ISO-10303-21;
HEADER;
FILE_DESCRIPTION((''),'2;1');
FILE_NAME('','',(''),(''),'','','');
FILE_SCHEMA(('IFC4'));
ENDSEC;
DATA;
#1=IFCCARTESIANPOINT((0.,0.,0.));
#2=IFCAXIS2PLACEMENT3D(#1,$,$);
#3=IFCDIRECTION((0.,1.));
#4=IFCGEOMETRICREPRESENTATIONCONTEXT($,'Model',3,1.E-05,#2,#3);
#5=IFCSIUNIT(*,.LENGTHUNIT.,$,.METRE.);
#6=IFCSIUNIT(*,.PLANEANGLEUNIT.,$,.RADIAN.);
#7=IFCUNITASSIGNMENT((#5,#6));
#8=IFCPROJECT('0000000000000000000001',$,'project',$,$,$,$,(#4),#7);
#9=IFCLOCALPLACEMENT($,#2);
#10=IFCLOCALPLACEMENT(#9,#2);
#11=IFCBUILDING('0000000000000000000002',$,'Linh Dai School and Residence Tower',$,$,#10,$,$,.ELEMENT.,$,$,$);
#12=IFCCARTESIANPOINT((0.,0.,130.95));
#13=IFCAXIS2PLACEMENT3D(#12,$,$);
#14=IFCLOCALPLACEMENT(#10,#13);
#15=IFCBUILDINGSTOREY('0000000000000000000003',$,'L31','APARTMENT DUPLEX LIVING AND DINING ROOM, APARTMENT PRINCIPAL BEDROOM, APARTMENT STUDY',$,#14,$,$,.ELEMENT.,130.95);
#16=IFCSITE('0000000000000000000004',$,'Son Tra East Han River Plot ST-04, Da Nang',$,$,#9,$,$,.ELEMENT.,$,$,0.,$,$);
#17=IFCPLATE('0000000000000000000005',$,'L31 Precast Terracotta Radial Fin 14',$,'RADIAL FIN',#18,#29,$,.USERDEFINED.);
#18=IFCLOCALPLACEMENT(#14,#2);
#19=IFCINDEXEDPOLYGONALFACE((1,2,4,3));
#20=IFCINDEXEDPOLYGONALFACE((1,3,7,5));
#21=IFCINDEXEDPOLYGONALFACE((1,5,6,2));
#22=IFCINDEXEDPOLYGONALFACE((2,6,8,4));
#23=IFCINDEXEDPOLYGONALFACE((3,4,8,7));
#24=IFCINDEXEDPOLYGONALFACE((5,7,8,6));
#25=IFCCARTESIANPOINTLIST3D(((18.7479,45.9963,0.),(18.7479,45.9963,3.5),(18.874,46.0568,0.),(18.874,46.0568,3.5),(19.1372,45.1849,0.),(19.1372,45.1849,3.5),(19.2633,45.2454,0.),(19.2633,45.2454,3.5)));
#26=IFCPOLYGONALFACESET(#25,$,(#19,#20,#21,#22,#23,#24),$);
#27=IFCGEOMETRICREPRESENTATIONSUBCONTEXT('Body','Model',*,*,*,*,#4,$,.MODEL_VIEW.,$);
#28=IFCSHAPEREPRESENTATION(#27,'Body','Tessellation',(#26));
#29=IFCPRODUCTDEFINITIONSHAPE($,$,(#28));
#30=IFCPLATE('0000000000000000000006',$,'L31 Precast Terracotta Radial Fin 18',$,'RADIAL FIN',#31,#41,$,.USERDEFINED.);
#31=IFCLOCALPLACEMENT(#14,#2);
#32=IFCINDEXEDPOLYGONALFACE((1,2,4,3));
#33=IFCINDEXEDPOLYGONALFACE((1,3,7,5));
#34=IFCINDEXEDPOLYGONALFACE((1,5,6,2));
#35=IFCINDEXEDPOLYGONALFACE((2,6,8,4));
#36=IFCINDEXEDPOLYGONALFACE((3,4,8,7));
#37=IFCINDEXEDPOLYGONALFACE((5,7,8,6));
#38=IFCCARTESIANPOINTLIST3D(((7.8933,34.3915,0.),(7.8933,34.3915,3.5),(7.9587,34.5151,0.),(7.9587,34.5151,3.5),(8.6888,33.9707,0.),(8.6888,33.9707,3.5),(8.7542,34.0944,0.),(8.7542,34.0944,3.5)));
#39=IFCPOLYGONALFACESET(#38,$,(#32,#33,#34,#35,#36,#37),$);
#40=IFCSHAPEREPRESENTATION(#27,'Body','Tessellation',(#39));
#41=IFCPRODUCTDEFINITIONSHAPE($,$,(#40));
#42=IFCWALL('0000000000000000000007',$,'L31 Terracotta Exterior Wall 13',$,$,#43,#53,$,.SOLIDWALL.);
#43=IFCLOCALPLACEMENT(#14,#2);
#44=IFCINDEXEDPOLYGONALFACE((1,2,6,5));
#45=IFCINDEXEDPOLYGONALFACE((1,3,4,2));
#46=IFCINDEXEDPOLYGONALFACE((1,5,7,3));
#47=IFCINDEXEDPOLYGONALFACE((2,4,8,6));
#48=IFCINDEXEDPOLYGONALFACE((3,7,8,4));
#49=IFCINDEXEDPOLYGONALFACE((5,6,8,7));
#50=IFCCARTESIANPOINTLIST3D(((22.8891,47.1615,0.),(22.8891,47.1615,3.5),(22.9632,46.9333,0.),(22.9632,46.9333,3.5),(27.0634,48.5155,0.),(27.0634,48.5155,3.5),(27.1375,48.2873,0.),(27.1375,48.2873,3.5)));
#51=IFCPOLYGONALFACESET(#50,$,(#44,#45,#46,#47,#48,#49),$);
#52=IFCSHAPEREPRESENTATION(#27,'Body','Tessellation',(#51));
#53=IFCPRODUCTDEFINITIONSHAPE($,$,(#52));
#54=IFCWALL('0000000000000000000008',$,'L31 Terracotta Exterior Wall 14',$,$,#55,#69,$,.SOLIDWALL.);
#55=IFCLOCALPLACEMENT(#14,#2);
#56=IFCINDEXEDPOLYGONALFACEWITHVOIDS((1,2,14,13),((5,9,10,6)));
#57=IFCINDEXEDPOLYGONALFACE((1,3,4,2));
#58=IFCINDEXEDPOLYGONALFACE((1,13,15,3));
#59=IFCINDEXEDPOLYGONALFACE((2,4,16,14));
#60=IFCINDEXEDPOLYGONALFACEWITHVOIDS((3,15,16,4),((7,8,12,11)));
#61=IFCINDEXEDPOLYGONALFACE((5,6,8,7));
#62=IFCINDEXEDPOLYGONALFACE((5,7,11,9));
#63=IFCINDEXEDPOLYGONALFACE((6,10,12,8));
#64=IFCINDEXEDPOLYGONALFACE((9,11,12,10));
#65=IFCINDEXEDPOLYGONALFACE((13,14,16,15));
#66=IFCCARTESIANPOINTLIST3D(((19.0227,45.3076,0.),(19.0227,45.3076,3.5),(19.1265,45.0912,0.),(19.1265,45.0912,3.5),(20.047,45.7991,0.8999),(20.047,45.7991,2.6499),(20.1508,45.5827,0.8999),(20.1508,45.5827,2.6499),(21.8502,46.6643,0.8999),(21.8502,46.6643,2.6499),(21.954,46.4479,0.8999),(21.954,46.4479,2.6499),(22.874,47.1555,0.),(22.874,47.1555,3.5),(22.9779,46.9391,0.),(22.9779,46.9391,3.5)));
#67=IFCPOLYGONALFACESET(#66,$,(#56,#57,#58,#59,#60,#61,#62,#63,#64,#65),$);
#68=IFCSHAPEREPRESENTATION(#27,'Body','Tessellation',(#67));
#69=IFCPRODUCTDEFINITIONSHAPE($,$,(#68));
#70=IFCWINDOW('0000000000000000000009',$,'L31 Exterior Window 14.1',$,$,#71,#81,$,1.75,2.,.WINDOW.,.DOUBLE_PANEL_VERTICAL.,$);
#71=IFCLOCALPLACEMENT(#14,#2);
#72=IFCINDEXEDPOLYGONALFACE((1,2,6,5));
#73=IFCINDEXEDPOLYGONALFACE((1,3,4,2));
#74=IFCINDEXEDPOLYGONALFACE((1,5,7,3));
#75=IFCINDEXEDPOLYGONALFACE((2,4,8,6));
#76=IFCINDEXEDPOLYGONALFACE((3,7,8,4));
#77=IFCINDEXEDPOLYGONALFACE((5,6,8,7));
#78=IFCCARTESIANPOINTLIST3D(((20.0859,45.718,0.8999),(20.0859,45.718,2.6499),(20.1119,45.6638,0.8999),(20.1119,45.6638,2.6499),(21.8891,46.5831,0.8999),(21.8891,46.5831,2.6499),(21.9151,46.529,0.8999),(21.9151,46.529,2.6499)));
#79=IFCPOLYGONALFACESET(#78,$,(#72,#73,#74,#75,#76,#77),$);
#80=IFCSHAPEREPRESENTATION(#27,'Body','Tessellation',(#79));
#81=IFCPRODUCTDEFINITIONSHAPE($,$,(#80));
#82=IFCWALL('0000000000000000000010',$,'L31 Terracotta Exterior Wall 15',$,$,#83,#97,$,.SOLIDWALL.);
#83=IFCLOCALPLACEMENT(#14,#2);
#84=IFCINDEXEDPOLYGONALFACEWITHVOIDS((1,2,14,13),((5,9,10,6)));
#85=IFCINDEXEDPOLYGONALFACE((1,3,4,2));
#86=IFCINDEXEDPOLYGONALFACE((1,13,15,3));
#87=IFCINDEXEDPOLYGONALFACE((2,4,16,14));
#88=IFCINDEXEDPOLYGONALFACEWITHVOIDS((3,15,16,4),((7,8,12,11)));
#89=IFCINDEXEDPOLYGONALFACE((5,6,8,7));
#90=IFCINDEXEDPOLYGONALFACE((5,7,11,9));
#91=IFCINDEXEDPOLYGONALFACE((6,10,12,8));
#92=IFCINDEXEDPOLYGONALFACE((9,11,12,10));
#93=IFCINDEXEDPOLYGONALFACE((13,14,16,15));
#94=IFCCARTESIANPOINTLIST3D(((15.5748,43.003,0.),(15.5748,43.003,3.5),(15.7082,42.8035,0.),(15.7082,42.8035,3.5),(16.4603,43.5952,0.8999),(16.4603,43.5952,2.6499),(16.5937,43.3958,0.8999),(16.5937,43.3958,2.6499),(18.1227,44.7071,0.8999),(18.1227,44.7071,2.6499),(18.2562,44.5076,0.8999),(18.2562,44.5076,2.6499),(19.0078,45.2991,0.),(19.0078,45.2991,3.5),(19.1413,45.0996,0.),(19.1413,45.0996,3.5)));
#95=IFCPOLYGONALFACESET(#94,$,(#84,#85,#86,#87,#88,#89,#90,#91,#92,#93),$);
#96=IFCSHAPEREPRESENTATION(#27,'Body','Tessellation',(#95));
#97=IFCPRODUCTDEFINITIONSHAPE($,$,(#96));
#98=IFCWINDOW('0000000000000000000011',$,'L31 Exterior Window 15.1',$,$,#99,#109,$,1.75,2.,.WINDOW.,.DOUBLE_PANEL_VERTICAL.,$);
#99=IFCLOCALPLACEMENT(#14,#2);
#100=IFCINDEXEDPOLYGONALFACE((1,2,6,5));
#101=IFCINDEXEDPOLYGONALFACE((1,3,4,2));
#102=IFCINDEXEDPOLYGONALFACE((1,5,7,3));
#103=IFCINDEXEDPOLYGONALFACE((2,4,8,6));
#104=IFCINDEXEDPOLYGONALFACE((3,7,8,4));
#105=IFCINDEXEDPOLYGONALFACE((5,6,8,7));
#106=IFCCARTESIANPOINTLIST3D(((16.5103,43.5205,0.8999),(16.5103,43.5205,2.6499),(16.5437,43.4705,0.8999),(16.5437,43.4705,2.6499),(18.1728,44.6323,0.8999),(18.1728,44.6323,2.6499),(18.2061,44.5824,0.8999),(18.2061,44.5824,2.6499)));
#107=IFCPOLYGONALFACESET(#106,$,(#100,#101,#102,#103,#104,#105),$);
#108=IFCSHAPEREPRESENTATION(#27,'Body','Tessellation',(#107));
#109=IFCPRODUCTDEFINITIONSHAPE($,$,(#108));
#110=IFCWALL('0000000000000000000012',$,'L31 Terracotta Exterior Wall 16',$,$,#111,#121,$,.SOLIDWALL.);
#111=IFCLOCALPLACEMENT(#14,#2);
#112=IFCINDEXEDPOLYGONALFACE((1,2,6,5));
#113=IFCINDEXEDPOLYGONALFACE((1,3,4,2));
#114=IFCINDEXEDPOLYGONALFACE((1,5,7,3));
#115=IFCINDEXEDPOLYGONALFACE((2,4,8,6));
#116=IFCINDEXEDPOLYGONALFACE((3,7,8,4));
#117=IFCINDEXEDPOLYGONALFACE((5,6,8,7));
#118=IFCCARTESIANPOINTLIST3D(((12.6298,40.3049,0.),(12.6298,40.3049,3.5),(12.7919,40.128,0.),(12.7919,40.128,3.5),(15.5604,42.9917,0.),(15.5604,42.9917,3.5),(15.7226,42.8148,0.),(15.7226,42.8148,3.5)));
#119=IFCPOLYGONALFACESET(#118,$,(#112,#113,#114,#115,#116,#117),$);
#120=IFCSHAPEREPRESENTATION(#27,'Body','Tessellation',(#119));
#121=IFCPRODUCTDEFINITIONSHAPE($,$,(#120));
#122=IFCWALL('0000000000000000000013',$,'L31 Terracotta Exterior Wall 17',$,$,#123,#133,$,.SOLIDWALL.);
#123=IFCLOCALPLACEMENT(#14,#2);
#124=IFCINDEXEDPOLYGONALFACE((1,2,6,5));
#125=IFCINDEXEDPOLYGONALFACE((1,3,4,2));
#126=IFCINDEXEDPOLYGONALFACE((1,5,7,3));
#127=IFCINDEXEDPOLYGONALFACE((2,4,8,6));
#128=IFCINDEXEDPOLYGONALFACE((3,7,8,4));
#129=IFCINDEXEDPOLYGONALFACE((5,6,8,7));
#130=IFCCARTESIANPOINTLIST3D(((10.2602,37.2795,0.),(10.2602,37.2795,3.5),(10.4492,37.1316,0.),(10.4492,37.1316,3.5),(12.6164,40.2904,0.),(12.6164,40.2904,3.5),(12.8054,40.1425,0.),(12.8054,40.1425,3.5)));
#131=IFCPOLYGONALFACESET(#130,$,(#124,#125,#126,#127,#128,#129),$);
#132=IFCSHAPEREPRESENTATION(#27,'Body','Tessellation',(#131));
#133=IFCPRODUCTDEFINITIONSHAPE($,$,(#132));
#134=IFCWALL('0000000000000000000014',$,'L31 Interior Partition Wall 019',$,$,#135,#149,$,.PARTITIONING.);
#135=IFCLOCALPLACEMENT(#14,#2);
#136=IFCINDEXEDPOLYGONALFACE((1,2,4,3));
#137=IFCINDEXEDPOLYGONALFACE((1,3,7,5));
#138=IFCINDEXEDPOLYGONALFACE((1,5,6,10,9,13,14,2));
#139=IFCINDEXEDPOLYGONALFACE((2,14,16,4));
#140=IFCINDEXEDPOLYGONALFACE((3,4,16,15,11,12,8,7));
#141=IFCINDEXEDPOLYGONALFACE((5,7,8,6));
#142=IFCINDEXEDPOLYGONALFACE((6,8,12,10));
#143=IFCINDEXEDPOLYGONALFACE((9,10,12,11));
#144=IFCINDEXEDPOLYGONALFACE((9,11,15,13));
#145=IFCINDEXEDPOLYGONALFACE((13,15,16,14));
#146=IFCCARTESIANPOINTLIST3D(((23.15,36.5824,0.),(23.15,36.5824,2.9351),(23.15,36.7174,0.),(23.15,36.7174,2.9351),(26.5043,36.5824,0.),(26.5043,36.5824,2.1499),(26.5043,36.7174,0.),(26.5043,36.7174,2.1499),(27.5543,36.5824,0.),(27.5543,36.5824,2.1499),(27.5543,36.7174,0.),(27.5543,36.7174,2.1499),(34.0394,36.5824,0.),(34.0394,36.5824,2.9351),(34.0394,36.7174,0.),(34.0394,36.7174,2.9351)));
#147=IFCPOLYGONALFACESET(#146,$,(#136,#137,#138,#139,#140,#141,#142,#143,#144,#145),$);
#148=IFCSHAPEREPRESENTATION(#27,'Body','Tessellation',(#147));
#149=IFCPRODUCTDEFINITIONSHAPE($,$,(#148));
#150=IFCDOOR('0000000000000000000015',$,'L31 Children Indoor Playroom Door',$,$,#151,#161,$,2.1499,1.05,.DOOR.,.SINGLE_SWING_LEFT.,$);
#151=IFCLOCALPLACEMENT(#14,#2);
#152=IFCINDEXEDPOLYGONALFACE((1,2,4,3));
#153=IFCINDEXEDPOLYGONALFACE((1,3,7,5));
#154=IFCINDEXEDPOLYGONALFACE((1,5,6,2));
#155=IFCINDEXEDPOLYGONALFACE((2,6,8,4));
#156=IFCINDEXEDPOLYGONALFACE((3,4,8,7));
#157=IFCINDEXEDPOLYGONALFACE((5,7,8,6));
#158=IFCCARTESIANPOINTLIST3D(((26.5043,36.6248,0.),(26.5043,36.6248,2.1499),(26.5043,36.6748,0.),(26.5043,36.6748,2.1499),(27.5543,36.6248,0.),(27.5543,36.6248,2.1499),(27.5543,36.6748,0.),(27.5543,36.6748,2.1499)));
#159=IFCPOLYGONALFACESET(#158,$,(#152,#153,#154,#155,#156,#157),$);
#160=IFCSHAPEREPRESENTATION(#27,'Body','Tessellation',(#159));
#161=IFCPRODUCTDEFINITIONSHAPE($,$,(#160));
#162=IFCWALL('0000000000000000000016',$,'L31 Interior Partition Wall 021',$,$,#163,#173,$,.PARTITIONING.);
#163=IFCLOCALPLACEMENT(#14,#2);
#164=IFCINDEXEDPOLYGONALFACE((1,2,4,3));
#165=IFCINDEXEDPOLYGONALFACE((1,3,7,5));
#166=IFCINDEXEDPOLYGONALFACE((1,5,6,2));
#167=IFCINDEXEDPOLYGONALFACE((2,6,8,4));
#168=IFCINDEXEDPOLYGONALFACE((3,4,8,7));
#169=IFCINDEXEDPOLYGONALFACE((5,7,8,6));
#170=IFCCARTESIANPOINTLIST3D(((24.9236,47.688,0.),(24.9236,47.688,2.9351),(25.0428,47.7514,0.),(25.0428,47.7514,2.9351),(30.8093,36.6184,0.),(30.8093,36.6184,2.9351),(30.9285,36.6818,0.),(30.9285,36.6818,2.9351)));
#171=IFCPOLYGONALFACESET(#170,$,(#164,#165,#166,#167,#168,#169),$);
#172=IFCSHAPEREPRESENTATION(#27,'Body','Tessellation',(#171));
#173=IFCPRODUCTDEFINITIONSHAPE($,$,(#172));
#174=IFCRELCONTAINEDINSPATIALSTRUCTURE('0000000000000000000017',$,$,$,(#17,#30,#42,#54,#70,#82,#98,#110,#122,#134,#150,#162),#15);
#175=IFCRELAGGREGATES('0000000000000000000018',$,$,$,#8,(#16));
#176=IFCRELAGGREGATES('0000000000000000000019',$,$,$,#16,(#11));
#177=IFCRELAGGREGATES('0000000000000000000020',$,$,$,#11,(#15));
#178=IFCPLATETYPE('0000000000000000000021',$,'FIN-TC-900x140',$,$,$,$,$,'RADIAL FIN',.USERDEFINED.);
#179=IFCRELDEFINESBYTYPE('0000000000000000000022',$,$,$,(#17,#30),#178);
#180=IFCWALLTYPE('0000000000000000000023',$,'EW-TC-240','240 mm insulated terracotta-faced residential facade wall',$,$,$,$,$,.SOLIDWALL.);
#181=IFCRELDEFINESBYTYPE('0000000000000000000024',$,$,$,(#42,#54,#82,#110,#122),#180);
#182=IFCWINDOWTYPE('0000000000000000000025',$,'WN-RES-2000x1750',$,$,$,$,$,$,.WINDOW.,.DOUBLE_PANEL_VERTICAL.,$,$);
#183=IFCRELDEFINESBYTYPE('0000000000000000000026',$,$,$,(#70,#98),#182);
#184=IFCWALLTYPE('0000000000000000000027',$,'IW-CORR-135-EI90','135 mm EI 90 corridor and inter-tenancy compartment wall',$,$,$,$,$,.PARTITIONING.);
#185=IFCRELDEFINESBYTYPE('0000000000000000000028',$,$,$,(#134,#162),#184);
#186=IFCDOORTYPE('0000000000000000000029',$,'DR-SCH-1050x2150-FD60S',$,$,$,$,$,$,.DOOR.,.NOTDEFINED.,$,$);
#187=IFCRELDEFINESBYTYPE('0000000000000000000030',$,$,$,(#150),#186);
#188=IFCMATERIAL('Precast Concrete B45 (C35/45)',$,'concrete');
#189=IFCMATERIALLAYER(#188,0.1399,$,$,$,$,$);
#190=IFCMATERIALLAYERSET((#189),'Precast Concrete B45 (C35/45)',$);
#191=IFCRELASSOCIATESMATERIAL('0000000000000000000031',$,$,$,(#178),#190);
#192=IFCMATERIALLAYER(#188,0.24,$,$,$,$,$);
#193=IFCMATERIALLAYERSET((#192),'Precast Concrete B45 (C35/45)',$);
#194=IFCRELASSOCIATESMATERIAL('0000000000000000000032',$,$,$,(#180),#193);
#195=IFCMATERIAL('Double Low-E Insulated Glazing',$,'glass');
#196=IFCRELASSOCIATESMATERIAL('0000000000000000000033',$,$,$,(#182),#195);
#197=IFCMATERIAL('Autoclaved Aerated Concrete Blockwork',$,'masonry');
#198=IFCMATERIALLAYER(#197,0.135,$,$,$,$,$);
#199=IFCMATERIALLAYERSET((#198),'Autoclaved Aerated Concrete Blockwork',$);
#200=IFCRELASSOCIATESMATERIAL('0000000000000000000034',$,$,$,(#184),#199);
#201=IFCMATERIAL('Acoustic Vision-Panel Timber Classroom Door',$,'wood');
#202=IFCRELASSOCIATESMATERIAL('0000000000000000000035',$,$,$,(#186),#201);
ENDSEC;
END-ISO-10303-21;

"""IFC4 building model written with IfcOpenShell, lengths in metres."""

from ifc_helpers import new_model, si_unit, direction, frame, frame_2d, origin, origin_2d, place, context, subcontext, project, spatial, rectangle, extrude, source, transform, mapped, material, layer, layer_set, type_object, element, fill, save


model = new_model("IFC4")

# Units and contexts
model_context = context("Model", 3, precision=1e-05, world=origin(), true_north=direction((0.0, 1.0)))
body_context = subcontext(model_context, "Body", "Model", "MODEL_VIEW")
ifc_project = project(units=[si_unit("LENGTHUNIT", "METRE"), si_unit("PLANEANGLEUNIT", "RADIAN")], contexts=[model_context])

# Site, building, storey
site_placement = place(None, origin())
site = spatial("IfcSite", under=ifc_project, at=site_placement, Name="Son Tra East Han River Plot ST-04, Da Nang", CompositionType="ELEMENT", RefElevation=0.0)
building_placement = place(site_placement, origin())
building = spatial("IfcBuilding", under=site, at=building_placement, Name="Linh Dai School and Residence Tower", CompositionType="ELEMENT")
storey_placement = place(building_placement, frame((0.0, 0.0, 130.95)))
storey = spatial("IfcBuildingStorey", under=building, at=storey_placement, Name="L31", Description="APARTMENT DUPLEX LIVING AND DINING ROOM, APARTMENT PRINCIPAL BEDROOM, APARTMENT STUDY", CompositionType="ELEMENT", Elevation=130.95)

# Plates
ifc_material_1 = material(Name="Precast Concrete B45 (C35/45)", Category="concrete")
ifc_layer_1 = layer(ifc_material_1, 0.1399)
ifc_layer_set_1 = layer_set([ifc_layer_1], Name="Precast Concrete B45 (C35/45)")
plate_type_1 = type_object("IfcPlateType", Name="FIN-TC-900x140", ElementType="RADIAL FIN", PredefinedType="USERDEFINED", material=ifc_layer_set_1)
shared_shape_1 = source(origin(), body_context, "Body", "SweptSolid", [
    extrude(rectangle(XDim=0.8999, YDim=0.1399, at=origin_2d()), origin(), (0.0, 0.0, 1.0), 3.5),
])
for number, where, z_axis, x_axis, name in (
    (1, (19.0056, 45.6208, 0.0), (0.0, 0.0, 1.0), (-0.432618, 0.901578, 0.0), "L31 Precast Terracotta Radial Fin 14"),
    (2, (8.3237, 34.2429, 0.0), (0.0, 0.0, 1.0), (-0.883942, 0.467596, 0.0), "L31 Precast Terracotta Radial Fin 18"),
):
    element("IfcPlate", number, at=place(storey_placement, frame(where, z_axis=z_axis, x_axis=x_axis)), inside=storey, type_object=plate_type_1, Name=name, ObjectType="RADIAL FIN", PredefinedType="USERDEFINED", context=body_context, shape_type="MappedRepresentation", body=[
        mapped(shared_shape_1, transform((0.0, 0.0, 0.0), x_axis=(1.0, 0.0, 0.0), y_axis=(0.0, 1.0, 0.0), z_axis=(0.0, 0.0, 1.0), scale=1.0)),
    ])

# Wall
ifc_layer_2 = layer(ifc_material_1, 0.24)
ifc_layer_set_2 = layer_set([ifc_layer_2], Name="Precast Concrete B45 (C35/45)")
wall_type_1 = type_object("IfcWallType", Name="EW-TC-240", Description="240 mm insulated terracotta-faced residential facade wall", PredefinedType="SOLIDWALL", material=ifc_layer_set_2)
wall_1_placement = place(storey_placement, frame((22.926, 47.0474, 0.0), z_axis=(0.0, 0.0, 1.0), x_axis=(0.951211, 0.30854, 0.0)))
element("IfcWall", 3, at=wall_1_placement, inside=storey, type_object=wall_type_1, Name="L31 Terracotta Exterior Wall 13", PredefinedType="SOLIDWALL", context=body_context, shape_type="SweptSolid", body=[
    extrude(rectangle(XDim=4.3884, YDim=0.24, at=frame_2d((2.1943, 0.0))), origin(), (0.0, 0.0, 1.0), 3.5),
])

# Walls, openings, windows
wall_2_placement = place(storey_placement, frame((19.0747, 45.1995, 0.0), z_axis=(0.0, 0.0, 1.0), x_axis=(0.90159, 0.432592, 0.0)))
wall_2 = element("IfcWall", 4, at=wall_2_placement, inside=storey, type_object=wall_type_1, Name="L31 Terracotta Exterior Wall 14", PredefinedType="SOLIDWALL", context=body_context, shape_type="SweptSolid", body=[
    extrude(rectangle(XDim=4.2717, YDim=0.24, at=frame_2d((2.1357, 0.0))), origin(), (0.0, 0.0, 1.0), 3.5),
])
opening_1_placement = place(wall_2_placement, frame((1.136, 0.0, 0.8999)))
opening_1 = element("IfcOpeningElement", 5, at=opening_1_placement, cuts=wall_2, PredefinedType="OPENING", context=body_context, shape_type="SweptSolid", body=[
    extrude(rectangle(XDim=2.0, YDim=1.75, at=origin_2d()), frame((1.0, 0.1299, 0.875), z_axis=(0.0, -1.0, 0.0), x_axis=(1.0, 0.0, 0.0)), (0.0, 0.0, 1.0), 0.26),
])
ifc_material_2 = material(Name="Double Low-E Insulated Glazing", Category="glass")
window_type = type_object("IfcWindowType", Name="WN-RES-2000x1750", PartitioningType="DOUBLE_PANEL_VERTICAL", PredefinedType="WINDOW", material=ifc_material_2)
shared_shape_2 = source(origin(), body_context, "Body", "SweptSolid", [
    extrude(rectangle(XDim=2.0, YDim=1.75, at=origin_2d()), frame((1.0, 0.03, 0.875), z_axis=(0.0, -1.0, 0.0), x_axis=(1.0, 0.0, 0.0)), (0.0, 0.0, 1.0), 0.0601),
])
window_1_placement = place(opening_1_placement, origin())
window_1 = element("IfcWindow", 6, at=window_1_placement, inside=storey, type_object=window_type, Name="L31 Exterior Window 14.1", OverallHeight=1.75, OverallWidth=2.0, PartitioningType="DOUBLE_PANEL_VERTICAL", PredefinedType="WINDOW", context=body_context, shape_type="MappedRepresentation", body=[
    mapped(shared_shape_2, transform((0.0, 0.0, 0.0), x_axis=(1.0, 0.0, 0.0), y_axis=(0.0, 1.0, 0.0), z_axis=(0.0, 0.0, 1.0), scale=1.0)),
])
fill(opening_1, window_1)
wall_3_placement = place(storey_placement, frame((15.6416, 42.9033, 0.0), z_axis=(0.0, 0.0, 1.0), x_axis=(0.831222, 0.555941, 0.0)))
wall_3 = element("IfcWall", 7, at=wall_3_placement, inside=storey, type_object=wall_type_1, Name="L31 Terracotta Exterior Wall 15", PredefinedType="SOLIDWALL", context=body_context, shape_type="SweptSolid", body=[
    extrude(rectangle(XDim=4.1301, YDim=0.24, at=frame_2d((2.0649, 0.0))), origin(), (0.0, 0.0, 1.0), 3.5),
])
opening_2_placement = place(wall_3_placement, frame((1.0652, 0.0, 0.8999)))
opening_2 = element("IfcOpeningElement", 8, at=opening_2_placement, cuts=wall_3, PredefinedType="OPENING", context=body_context, shape_type="SweptSolid", body=[
    extrude(rectangle(XDim=2.0, YDim=1.75, at=origin_2d()), frame((1.0, 0.1299, 0.875), z_axis=(0.0, -1.0, 0.0), x_axis=(1.0, 0.0, 0.0)), (0.0, 0.0, 1.0), 0.26),
])
window_2_placement = place(opening_2_placement, origin())
window_2 = element("IfcWindow", 9, at=window_2_placement, inside=storey, type_object=window_type, Name="L31 Exterior Window 15.1", OverallHeight=1.75, OverallWidth=2.0, PartitioningType="DOUBLE_PANEL_VERTICAL", PredefinedType="WINDOW", context=body_context, shape_type="MappedRepresentation", body=[
    mapped(shared_shape_2, transform((0.0, 0.0, 0.0), x_axis=(1.0, 0.0, 0.0), y_axis=(0.0, 1.0, 0.0), z_axis=(0.0, 0.0, 1.0), scale=1.0)),
])
fill(opening_2, window_2)

# Walls
wall_4_placement = place(storey_placement, frame((12.7109, 40.2166, 0.0), z_axis=(0.0, 0.0, 1.0), x_axis=(0.737113, 0.675769, 0.0)))
element("IfcWall", 10, at=wall_4_placement, inside=storey, type_object=wall_type_1, Name="L31 Terracotta Exterior Wall 16", PredefinedType="SOLIDWALL", context=body_context, shape_type="SweptSolid", body=[
    extrude(rectangle(XDim=3.9758, YDim=0.24, at=frame_2d((1.9878, 0.0))), origin(), (0.0, 0.0, 1.0), 3.5),
])
wall_5_placement = place(storey_placement, frame((10.3547, 37.2056, 0.0), z_axis=(0.0, 0.0, 1.0), x_axis=(0.616272, 0.787533, 0.0)))
element("IfcWall", 11, at=wall_5_placement, inside=storey, type_object=wall_type_1, Name="L31 Terracotta Exterior Wall 17", PredefinedType="SOLIDWALL", context=body_context, shape_type="SweptSolid", body=[
    extrude(rectangle(XDim=3.8232, YDim=0.24, at=frame_2d((1.9116, 0.0))), origin(), (0.0, 0.0, 1.0), 3.5),
])

# Wall, opening, door
ifc_material_3 = material(Name="Autoclaved Aerated Concrete Blockwork", Category="masonry")
ifc_layer_3 = layer(ifc_material_3, 0.135)
ifc_layer_set_3 = layer_set([ifc_layer_3], Name="Autoclaved Aerated Concrete Blockwork")
wall_type_2 = type_object("IfcWallType", Name="IW-CORR-135-EI90", Description="135 mm EI 90 corridor and inter-tenancy compartment wall", PredefinedType="PARTITIONING", material=ifc_layer_set_3)
wall_6_placement = place(storey_placement, frame((23.1499, 36.6499, 0.0), z_axis=(0.0, 0.0, 1.0), x_axis=(1.0, 0.0, 0.0)))
wall_6 = element("IfcWall", 12, at=wall_6_placement, inside=storey, type_object=wall_type_2, Name="L31 Interior Partition Wall 019", PredefinedType="PARTITIONING", context=body_context, shape_type="SweptSolid", body=[
    extrude(rectangle(XDim=10.8894, YDim=0.135, at=frame_2d((5.4448, 0.0))), origin(), (0.0, 0.0, 1.0), 2.9351),
])
opening_3_placement = place(wall_6_placement, frame((3.3545, 0.0, 0.0)))
opening_3 = element("IfcOpeningElement", 13, at=opening_3_placement, cuts=wall_6, PredefinedType="OPENING", context=body_context, shape_type="SweptSolid", body=[
    extrude(rectangle(XDim=1.05, YDim=2.1499, at=origin_2d()), frame((0.5249, 0.0776, 1.075), z_axis=(0.0, -1.0, 0.0), x_axis=(1.0, 0.0, 0.0)), (0.0, 0.0, 1.0), 0.155),
])
ifc_material_4 = material(Name="Acoustic Vision-Panel Timber Classroom Door", Category="wood")
door_type = type_object("IfcDoorType", Name="DR-SCH-1050x2150-FD60S", OperationType="NOTDEFINED", PredefinedType="DOOR", material=ifc_material_4)
shared_shape_3 = source(origin(), body_context, "Body", "SweptSolid", [
    extrude(rectangle(XDim=1.05, YDim=2.1499, at=origin_2d()), frame((0.5249, 0.0249, 1.075), z_axis=(0.0, -1.0, 0.0), x_axis=(1.0, 0.0, 0.0)), (0.0, 0.0, 1.0), 0.05),
])
door_1_placement = place(opening_3_placement, origin())
door_1 = element("IfcDoor", 14, at=door_1_placement, inside=storey, type_object=door_type, Name="L31 Children Indoor Playroom Door", OperationType="SINGLE_SWING_LEFT", OverallHeight=2.1499, OverallWidth=1.05, PredefinedType="DOOR", context=body_context, shape_type="MappedRepresentation", body=[
    mapped(shared_shape_3, transform((0.0, 0.0, 0.0), x_axis=(1.0, 0.0, 0.0), y_axis=(0.0, 1.0, 0.0), z_axis=(0.0, 0.0, 1.0), scale=1.0)),
])
fill(opening_3, door_1)

# Wall
wall_7_placement = place(storey_placement, frame((24.9832, 47.7197, 0.0), z_axis=(0.0, 0.0, 1.0), x_axis=(0.469468, -0.88295, 0.0)))
element("IfcWall", 15, at=wall_7_placement, inside=storey, type_object=wall_type_2, Name="L31 Interior Partition Wall 021", PredefinedType="PARTITIONING", context=body_context, shape_type="SweptSolid", body=[
    extrude(rectangle(XDim=12.5371, YDim=0.135, at=frame_2d((6.2686, 0.0))), origin(), (0.0, 0.0, 1.0), 2.9351),
])

save(model, "model.ifc")
